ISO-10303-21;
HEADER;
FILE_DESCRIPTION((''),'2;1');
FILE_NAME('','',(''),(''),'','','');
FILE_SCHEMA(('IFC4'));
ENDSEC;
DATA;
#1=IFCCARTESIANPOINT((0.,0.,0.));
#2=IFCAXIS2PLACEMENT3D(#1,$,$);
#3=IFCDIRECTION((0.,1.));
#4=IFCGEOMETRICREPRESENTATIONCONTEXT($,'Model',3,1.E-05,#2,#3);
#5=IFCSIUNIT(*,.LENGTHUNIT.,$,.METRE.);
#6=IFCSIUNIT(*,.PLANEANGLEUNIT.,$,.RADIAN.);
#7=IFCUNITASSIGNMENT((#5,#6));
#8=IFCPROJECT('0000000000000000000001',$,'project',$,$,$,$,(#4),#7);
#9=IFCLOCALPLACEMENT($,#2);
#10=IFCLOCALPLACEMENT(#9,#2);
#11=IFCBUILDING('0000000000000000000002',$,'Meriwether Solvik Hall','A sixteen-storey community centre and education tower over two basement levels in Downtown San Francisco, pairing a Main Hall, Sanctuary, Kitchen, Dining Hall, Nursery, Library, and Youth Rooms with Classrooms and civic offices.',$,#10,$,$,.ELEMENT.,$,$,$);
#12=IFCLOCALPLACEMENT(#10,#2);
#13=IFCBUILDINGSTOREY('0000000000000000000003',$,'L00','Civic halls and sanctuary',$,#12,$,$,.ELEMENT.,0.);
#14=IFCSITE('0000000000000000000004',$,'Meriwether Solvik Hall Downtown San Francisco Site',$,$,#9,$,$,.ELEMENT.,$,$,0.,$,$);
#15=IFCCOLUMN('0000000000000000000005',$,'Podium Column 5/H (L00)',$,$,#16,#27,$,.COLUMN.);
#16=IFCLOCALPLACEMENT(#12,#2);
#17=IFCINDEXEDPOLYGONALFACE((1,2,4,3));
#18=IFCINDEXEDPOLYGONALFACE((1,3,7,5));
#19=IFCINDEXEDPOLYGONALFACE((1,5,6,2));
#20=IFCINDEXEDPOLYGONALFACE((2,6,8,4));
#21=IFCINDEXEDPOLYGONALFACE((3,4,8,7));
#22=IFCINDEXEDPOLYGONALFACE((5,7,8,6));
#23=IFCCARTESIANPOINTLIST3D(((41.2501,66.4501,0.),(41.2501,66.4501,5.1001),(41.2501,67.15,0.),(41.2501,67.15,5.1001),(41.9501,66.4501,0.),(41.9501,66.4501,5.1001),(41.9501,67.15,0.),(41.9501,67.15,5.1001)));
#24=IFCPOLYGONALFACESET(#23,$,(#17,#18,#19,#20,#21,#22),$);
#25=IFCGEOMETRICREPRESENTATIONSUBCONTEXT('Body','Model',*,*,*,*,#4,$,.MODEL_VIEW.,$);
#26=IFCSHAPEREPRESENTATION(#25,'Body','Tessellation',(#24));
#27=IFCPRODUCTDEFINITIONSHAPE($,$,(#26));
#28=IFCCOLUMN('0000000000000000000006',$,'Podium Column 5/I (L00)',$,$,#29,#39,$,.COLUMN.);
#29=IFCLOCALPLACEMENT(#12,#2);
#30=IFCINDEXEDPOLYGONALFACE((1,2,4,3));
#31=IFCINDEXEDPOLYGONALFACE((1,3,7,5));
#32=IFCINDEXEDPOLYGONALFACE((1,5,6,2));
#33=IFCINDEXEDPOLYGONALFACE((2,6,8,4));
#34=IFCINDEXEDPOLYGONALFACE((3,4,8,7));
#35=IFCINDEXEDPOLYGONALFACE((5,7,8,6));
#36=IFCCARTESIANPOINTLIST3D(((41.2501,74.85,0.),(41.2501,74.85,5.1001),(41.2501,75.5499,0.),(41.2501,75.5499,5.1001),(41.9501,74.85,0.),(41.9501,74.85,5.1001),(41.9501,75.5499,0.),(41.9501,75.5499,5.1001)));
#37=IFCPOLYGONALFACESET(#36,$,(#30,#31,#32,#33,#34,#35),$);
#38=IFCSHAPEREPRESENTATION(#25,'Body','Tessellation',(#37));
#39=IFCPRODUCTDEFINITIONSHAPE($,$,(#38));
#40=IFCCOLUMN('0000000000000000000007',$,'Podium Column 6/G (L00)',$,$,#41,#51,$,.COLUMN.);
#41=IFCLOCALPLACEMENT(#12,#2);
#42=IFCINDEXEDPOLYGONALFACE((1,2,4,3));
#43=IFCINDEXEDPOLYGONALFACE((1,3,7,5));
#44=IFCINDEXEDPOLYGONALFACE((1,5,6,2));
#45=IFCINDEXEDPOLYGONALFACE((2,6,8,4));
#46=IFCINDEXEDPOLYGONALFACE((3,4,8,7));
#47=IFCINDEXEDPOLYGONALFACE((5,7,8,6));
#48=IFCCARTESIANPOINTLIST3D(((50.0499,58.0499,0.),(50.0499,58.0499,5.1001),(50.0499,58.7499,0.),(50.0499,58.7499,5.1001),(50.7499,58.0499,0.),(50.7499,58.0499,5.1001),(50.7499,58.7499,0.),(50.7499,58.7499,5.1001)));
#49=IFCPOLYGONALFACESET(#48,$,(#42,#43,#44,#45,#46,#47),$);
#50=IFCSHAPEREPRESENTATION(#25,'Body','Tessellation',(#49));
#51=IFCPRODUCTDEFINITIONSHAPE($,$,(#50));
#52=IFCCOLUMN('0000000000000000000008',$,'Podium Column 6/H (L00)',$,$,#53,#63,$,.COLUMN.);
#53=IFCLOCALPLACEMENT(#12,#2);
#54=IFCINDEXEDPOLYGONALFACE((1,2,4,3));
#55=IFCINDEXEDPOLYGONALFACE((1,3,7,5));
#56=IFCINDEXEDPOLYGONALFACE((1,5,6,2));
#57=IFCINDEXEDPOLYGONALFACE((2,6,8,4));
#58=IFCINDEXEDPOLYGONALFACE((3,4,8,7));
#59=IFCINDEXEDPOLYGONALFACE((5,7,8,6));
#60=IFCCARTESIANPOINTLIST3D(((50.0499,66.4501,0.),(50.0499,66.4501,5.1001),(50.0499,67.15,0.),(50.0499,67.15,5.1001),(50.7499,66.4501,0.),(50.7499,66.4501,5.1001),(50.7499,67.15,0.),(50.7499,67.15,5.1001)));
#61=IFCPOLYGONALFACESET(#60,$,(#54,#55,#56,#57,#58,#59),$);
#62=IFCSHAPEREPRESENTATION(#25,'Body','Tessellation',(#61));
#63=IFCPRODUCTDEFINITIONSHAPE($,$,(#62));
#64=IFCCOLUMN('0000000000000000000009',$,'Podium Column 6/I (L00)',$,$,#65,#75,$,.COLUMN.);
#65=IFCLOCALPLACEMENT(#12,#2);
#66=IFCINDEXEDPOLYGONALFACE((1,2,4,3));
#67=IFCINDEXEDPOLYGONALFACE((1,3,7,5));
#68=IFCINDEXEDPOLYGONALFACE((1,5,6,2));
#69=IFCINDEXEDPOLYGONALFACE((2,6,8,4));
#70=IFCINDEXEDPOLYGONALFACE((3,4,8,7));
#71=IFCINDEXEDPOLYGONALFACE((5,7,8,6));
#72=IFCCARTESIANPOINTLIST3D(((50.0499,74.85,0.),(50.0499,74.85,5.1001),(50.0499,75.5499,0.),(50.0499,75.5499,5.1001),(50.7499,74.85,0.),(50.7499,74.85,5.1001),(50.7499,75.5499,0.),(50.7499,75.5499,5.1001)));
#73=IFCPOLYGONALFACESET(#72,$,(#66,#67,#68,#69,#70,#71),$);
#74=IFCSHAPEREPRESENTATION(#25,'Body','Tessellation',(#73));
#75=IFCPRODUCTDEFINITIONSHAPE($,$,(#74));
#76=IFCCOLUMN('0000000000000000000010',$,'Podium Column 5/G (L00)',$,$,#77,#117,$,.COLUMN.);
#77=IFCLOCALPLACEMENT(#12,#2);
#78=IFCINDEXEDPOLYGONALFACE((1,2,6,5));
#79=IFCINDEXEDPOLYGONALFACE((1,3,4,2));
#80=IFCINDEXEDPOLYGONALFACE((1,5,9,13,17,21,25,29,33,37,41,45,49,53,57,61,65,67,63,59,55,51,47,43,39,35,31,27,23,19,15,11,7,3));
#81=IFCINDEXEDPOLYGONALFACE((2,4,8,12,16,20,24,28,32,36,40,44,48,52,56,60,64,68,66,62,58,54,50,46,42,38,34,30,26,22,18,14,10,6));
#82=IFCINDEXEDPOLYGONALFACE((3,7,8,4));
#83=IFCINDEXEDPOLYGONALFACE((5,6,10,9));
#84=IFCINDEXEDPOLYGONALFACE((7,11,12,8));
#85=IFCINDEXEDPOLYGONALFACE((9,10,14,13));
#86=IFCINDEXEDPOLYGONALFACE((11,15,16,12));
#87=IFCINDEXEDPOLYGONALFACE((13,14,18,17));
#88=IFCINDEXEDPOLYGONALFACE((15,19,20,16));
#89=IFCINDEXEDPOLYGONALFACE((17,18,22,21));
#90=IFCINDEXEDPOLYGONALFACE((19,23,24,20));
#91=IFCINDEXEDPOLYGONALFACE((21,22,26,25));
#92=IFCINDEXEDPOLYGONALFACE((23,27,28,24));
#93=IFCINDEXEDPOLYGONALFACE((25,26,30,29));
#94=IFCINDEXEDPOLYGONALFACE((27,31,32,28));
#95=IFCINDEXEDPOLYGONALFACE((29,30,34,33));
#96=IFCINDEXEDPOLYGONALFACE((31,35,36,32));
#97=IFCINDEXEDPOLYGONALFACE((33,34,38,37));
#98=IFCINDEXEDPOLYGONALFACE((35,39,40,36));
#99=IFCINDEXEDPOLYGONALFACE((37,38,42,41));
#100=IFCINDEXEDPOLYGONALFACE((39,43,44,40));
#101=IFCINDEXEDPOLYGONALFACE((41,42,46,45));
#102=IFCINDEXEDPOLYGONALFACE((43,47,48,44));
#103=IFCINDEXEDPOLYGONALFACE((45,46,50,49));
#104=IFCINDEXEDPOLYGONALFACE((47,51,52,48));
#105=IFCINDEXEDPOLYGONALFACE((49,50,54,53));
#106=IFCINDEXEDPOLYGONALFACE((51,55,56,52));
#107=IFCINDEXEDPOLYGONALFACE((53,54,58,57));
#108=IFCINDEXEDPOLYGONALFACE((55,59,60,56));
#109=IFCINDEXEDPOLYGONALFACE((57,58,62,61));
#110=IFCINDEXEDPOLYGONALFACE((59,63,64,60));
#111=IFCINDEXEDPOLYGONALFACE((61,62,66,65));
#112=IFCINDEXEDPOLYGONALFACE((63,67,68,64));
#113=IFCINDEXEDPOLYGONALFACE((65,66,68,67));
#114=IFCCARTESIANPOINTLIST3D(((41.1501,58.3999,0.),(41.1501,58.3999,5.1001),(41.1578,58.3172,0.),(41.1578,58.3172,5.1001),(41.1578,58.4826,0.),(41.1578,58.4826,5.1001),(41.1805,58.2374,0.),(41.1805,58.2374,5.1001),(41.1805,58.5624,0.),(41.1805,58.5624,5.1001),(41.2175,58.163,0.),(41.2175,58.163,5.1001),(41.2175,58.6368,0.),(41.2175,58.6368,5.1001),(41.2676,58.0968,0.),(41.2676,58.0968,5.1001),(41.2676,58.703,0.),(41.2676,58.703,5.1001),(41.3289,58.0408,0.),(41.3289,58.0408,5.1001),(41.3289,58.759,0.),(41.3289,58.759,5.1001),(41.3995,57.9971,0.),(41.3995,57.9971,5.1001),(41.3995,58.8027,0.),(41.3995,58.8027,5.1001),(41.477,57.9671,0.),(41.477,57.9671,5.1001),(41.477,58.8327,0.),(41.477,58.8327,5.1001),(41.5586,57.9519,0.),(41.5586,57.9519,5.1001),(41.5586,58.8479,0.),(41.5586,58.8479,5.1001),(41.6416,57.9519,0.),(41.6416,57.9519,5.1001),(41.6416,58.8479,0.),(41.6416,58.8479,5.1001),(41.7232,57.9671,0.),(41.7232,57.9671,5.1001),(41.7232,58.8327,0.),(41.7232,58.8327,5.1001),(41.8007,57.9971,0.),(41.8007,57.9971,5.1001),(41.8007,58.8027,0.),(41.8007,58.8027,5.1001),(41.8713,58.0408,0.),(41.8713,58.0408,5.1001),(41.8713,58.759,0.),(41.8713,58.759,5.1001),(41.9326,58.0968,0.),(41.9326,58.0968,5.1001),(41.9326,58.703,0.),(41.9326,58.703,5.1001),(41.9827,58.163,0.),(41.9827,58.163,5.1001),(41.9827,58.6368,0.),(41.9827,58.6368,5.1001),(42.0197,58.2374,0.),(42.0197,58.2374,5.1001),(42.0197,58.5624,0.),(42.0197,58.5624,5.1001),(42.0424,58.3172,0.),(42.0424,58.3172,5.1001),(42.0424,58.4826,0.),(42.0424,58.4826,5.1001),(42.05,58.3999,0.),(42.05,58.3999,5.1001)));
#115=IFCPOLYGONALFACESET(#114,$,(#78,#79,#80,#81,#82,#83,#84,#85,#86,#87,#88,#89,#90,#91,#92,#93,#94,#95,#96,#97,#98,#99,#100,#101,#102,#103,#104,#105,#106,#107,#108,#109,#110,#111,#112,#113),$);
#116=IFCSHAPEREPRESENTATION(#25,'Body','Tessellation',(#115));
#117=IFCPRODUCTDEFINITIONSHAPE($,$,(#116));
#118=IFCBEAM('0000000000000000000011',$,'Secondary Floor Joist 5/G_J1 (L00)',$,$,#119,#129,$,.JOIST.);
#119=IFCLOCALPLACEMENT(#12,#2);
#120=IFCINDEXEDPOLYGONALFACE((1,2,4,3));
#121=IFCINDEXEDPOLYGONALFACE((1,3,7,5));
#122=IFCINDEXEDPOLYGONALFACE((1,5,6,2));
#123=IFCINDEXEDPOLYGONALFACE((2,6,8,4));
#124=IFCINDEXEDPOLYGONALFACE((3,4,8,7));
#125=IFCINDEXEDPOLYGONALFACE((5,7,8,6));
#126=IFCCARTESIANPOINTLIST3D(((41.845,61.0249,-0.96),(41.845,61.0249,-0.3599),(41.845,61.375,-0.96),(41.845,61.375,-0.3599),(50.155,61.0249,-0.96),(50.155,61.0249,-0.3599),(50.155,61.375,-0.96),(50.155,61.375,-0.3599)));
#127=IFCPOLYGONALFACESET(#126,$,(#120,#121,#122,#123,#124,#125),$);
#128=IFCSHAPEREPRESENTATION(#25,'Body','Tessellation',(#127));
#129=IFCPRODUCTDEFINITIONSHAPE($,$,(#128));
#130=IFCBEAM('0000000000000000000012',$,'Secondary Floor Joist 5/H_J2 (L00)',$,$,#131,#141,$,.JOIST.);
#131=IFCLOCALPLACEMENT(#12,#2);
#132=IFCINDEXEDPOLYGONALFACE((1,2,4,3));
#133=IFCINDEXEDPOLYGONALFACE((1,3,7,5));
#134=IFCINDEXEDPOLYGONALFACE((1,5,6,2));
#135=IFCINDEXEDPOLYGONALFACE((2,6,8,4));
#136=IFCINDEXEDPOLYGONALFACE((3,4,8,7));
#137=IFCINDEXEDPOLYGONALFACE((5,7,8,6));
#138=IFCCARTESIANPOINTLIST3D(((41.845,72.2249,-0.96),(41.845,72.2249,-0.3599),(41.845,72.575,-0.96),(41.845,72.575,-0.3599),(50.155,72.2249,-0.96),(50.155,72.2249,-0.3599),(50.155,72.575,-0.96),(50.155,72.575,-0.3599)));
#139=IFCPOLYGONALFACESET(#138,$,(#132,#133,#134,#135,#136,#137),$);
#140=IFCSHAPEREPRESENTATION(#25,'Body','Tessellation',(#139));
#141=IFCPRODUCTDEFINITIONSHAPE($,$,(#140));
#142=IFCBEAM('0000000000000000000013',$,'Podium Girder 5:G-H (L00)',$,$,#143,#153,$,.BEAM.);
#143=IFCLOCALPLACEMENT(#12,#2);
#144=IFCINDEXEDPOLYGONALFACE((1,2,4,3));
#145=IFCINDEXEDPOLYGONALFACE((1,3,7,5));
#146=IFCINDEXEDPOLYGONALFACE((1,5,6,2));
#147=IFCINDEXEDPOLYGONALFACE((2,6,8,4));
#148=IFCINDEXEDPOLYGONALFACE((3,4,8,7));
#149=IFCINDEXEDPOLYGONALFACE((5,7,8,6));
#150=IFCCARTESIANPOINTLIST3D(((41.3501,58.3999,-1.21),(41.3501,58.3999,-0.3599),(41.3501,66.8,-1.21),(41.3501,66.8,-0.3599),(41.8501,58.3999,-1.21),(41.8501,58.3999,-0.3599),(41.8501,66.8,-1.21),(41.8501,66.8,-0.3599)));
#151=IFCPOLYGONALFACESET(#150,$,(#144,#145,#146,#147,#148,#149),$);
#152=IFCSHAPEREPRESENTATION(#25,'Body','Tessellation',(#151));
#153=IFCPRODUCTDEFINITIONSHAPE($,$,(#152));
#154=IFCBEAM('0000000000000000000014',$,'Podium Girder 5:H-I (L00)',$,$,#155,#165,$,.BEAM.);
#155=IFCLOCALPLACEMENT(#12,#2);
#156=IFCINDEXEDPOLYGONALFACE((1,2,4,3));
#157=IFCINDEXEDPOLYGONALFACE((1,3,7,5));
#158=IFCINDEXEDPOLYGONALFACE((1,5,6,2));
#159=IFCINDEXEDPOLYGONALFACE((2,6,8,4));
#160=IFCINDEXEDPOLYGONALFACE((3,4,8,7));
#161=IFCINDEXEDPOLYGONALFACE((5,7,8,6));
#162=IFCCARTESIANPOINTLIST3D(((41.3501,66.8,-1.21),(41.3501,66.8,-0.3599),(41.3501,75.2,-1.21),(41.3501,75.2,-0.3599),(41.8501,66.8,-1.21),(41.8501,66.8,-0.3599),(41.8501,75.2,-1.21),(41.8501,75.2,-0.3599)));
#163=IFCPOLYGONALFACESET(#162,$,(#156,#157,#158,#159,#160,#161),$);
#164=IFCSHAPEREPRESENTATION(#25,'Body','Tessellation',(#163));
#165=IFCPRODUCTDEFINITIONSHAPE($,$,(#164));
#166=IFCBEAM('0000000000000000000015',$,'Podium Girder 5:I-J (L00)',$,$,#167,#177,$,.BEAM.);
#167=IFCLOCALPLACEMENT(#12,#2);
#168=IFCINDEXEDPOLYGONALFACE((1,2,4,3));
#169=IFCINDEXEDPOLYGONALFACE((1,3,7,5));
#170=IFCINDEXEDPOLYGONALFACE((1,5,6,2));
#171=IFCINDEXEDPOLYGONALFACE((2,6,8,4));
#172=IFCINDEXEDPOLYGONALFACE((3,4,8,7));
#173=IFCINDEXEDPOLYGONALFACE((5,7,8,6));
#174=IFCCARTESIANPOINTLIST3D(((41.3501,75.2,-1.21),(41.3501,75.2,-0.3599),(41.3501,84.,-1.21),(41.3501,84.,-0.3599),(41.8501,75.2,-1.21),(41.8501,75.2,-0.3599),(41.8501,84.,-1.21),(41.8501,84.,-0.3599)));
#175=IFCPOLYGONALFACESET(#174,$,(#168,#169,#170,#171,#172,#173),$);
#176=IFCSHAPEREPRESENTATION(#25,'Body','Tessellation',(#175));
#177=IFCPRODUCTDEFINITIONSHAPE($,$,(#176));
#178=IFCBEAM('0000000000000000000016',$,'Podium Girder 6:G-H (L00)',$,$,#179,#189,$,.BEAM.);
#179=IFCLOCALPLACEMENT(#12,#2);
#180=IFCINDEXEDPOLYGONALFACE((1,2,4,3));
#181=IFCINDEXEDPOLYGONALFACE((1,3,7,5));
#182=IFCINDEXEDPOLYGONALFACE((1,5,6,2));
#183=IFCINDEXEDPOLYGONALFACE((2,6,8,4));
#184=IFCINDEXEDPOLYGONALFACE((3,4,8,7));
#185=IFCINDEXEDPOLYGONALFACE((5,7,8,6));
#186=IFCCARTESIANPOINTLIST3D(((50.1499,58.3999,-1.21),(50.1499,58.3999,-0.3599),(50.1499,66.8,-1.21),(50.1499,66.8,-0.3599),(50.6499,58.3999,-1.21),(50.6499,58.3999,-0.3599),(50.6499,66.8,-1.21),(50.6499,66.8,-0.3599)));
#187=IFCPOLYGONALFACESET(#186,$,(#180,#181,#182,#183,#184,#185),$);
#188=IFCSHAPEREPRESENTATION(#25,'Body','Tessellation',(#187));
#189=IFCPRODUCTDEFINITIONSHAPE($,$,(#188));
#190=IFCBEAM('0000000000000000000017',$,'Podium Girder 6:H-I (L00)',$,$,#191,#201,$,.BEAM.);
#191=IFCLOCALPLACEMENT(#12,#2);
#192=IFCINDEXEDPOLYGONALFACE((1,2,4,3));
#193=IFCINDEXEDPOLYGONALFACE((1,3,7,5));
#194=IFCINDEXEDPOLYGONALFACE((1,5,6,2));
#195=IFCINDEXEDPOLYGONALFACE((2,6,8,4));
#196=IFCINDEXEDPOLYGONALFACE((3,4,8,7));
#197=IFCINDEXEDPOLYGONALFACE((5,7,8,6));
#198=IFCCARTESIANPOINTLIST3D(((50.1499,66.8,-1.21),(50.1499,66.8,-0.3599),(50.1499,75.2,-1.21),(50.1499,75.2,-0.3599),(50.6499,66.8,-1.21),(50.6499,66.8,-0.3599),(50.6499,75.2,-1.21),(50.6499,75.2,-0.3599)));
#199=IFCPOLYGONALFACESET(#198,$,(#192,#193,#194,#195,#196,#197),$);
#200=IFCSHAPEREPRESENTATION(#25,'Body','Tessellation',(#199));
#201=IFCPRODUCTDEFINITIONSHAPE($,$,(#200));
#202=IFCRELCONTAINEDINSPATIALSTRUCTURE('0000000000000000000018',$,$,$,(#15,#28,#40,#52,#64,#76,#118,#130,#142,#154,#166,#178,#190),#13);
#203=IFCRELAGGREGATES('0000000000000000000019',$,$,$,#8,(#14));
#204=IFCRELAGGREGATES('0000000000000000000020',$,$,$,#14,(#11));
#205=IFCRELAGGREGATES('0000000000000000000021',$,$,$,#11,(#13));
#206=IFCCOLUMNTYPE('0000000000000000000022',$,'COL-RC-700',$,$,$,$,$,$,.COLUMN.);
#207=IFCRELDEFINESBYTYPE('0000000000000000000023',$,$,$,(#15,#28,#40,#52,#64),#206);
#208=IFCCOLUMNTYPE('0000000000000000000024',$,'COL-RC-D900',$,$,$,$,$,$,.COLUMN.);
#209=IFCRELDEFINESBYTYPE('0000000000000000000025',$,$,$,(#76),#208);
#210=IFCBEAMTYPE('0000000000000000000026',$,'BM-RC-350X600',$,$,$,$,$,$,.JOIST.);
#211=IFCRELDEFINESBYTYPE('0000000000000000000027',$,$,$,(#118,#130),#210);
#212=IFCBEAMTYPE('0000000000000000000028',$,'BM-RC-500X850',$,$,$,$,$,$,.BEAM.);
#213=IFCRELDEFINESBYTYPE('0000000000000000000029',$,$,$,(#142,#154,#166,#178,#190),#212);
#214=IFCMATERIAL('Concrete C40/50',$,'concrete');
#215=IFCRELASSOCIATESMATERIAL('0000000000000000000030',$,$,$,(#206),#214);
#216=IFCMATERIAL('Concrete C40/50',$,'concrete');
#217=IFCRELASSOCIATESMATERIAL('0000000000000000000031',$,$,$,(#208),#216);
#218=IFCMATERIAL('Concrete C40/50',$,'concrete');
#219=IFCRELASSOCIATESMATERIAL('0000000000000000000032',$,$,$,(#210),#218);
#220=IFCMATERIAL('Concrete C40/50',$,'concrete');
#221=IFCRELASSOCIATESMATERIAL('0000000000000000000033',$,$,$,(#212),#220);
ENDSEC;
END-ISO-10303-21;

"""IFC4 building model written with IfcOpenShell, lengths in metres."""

from ifc_helpers import new_model, si_unit, direction, frame, origin, origin_2d, place, context, subcontext, project, spatial, rectangle, circle, extrude, material, material_profile, profile_set, type_object, element, save


model = new_model("IFC4")

# Units and contexts
model_context = context("Model", 3, precision=1e-05, world=origin(), true_north=direction((0.0, 1.0)))
body_context = subcontext(model_context, "Body", "Model", "MODEL_VIEW")
ifc_project = project(units=[si_unit("LENGTHUNIT", "METRE"), si_unit("PLANEANGLEUNIT", "RADIAN")], contexts=[model_context])

# Site, building, storey
site_placement = place(None, origin())
site = spatial("IfcSite", under=ifc_project, at=site_placement, Name="Meriwether Solvik Hall Downtown San Francisco Site", CompositionType="ELEMENT", RefElevation=0.0)
building_placement = place(site_placement, origin())
building = spatial("IfcBuilding", under=site, at=building_placement, Name="Meriwether Solvik Hall", Description="A sixteen-storey community centre and education tower over two basement levels in Downtown San Francisco, pairing a Main Hall, Sanctuary, Kitchen, Dining Hall, Nursery, Library, and Youth Rooms with Classrooms and civic offices.", CompositionType="ELEMENT")
storey_placement = place(building_placement, origin())
storey = spatial("IfcBuildingStorey", under=building, at=storey_placement, Name="L00", Description="Civic halls and sanctuary", CompositionType="ELEMENT", Elevation=0.0)

# Columns
ifc_material_1 = material(Name="Concrete C40/50", Category="concrete")
ifc_material_profile_1 = material_profile(ifc_material_1, rectangle(XDim=0.7, YDim=0.7, at=origin_2d()), Name="RCC-700X700")
ifc_profile_set_1 = profile_set([ifc_material_profile_1], Name="Concrete C40/50")
column_type_1 = type_object("IfcColumnType", Name="COL-RC-700", PredefinedType="COLUMN", material=ifc_profile_set_1)
for number, where, z_axis, x_axis, name in (
    (1, (41.6001, 66.8, 0.0), (0.0, 0.0, 1.0), (1.0, 0.0, 0.0), "Podium Column 5/H (L00)"),
    (2, (41.6001, 75.2, 0.0), (0.0, 0.0, 1.0), (1.0, 0.0, 0.0), "Podium Column 5/I (L00)"),
    (3, (50.3999, 58.3999, 0.0), (0.0, 0.0, 1.0), (1.0, 0.0, 0.0), "Podium Column 6/G (L00)"),
    (4, (50.3999, 66.8, 0.0), (0.0, 0.0, 1.0), (1.0, 0.0, 0.0), "Podium Column 6/H (L00)"),
    (5, (50.3999, 75.2, 0.0), (0.0, 0.0, 1.0), (1.0, 0.0, 0.0), "Podium Column 6/I (L00)"),
):
    element("IfcColumn", number, at=place(storey_placement, frame(where, z_axis=z_axis, x_axis=x_axis)), inside=storey, type_object=column_type_1, Name=name, PredefinedType="COLUMN", context=body_context, shape_type="SweptSolid", body=[
        extrude(rectangle(XDim=0.7, YDim=0.7, at=origin_2d()), origin(), (0.0, 0.0, 1.0), 5.1001),
    ])
ifc_material_2 = material(Name="Concrete C40/50", Category="concrete")
ifc_material_profile_2 = material_profile(ifc_material_2, circle(Radius=0.45, at=origin_2d()), Name="RCC-D900")
ifc_profile_set_2 = profile_set([ifc_material_profile_2], Name="Concrete C40/50")
column_type_2 = type_object("IfcColumnType", Name="COL-RC-D900", PredefinedType="COLUMN", material=ifc_profile_set_2)
column_placement = place(storey_placement, frame((41.6001, 58.3999, 0.0), z_axis=(0.0, 0.0, 1.0), x_axis=(1.0, 0.0, 0.0)))
element("IfcColumn", 6, at=column_placement, inside=storey, type_object=column_type_2, Name="Podium Column 5/G (L00)", PredefinedType="COLUMN", context=body_context, shape_type="SweptSolid", body=[
    extrude(circle(Radius=0.45, at=origin_2d()), origin(), (0.0, 0.0, 1.0), 5.1001),
])

# Beams
ifc_material_3 = material(Name="Concrete C40/50", Category="concrete")
ifc_material_profile_3 = material_profile(ifc_material_3, rectangle(XDim=0.3501, YDim=0.6001, at=origin_2d()), Name="RCB-350X600")
ifc_profile_set_3 = profile_set([ifc_material_profile_3], Name="Concrete C40/50")
beam_type_1 = type_object("IfcBeamType", Name="BM-RC-350X600", PredefinedType="JOIST", material=ifc_profile_set_3)
for number, where, z_axis, x_axis, name in (
    (7, (41.845, 61.2, -0.6599), (1.0, 0.0, 0.0), (0.0, 1.0, 0.0), "Secondary Floor Joist 5/G_J1 (L00)"),
    (8, (41.845, 72.3999, -0.6599), (1.0, 0.0, 0.0), (0.0, 1.0, 0.0), "Secondary Floor Joist 5/H_J2 (L00)"),
):
    element("IfcBeam", number, at=place(storey_placement, frame(where, z_axis=z_axis, x_axis=x_axis)), inside=storey, type_object=beam_type_1, Name=name, PredefinedType="JOIST", context=body_context, shape_type="SweptSolid", body=[
        extrude(rectangle(XDim=0.3501, YDim=0.6001, at=origin_2d()), origin(), (0.0, 0.0, 1.0), 8.3101),
    ])
ifc_material_4 = material(Name="Concrete C40/50", Category="concrete")
ifc_material_profile_4 = material_profile(ifc_material_4, rectangle(XDim=0.5, YDim=0.8501, at=origin_2d()), Name="RCB-500X850")
ifc_profile_set_4 = profile_set([ifc_material_profile_4], Name="Concrete C40/50")
beam_type_2 = type_object("IfcBeamType", Name="BM-RC-500X850", PredefinedType="BEAM", material=ifc_profile_set_4)
beam_1_placement = place(storey_placement, frame((41.6001, 58.3999, -0.7849), z_axis=(0.0, 1.0, 0.0), x_axis=(-1.0, 0.0, 0.0)))
element("IfcBeam", 9, at=beam_1_placement, inside=storey, type_object=beam_type_2, Name="Podium Girder 5:G-H (L00)", PredefinedType="BEAM", context=body_context, shape_type="SweptSolid", body=[
    extrude(rectangle(XDim=0.5, YDim=0.8501, at=origin_2d()), origin(), (0.0, 0.0, 1.0), 8.4001),
])
beam_2_placement = place(storey_placement, frame((41.6001, 66.8, -0.7849), z_axis=(0.0, 1.0, 0.0), x_axis=(-1.0, 0.0, 0.0)))
element("IfcBeam", 10, at=beam_2_placement, inside=storey, type_object=beam_type_2, Name="Podium Girder 5:H-I (L00)", PredefinedType="BEAM", context=body_context, shape_type="SweptSolid", body=[
    extrude(rectangle(XDim=0.5, YDim=0.8501, at=origin_2d()), origin(), (0.0, 0.0, 1.0), 8.3999),
])
beam_3_placement = place(storey_placement, frame((41.6001, 75.2, -0.7849), z_axis=(0.0, 1.0, 0.0), x_axis=(-1.0, 0.0, 0.0)))
element("IfcBeam", 11, at=beam_3_placement, inside=storey, type_object=beam_type_2, Name="Podium Girder 5:I-J (L00)", PredefinedType="BEAM", context=body_context, shape_type="SweptSolid", body=[
    extrude(rectangle(XDim=0.5, YDim=0.8501, at=origin_2d()), origin(), (0.0, 0.0, 1.0), 8.8),
])
beam_4_placement = place(storey_placement, frame((50.3999, 58.3999, -0.7849), z_axis=(0.0, 1.0, 0.0), x_axis=(-1.0, 0.0, 0.0)))
element("IfcBeam", 12, at=beam_4_placement, inside=storey, type_object=beam_type_2, Name="Podium Girder 6:G-H (L00)", PredefinedType="BEAM", context=body_context, shape_type="SweptSolid", body=[
    extrude(rectangle(XDim=0.5, YDim=0.8501, at=origin_2d()), origin(), (0.0, 0.0, 1.0), 8.4001),
])
beam_5_placement = place(storey_placement, frame((50.3999, 66.8, -0.7849), z_axis=(0.0, 1.0, 0.0), x_axis=(-1.0, 0.0, 0.0)))
element("IfcBeam", 13, at=beam_5_placement, inside=storey, type_object=beam_type_2, Name="Podium Girder 6:H-I (L00)", PredefinedType="BEAM", context=body_context, shape_type="SweptSolid", body=[
    extrude(rectangle(XDim=0.5, YDim=0.8501, at=origin_2d()), origin(), (0.0, 0.0, 1.0), 8.3999),
])

save(model, "model.ifc")
